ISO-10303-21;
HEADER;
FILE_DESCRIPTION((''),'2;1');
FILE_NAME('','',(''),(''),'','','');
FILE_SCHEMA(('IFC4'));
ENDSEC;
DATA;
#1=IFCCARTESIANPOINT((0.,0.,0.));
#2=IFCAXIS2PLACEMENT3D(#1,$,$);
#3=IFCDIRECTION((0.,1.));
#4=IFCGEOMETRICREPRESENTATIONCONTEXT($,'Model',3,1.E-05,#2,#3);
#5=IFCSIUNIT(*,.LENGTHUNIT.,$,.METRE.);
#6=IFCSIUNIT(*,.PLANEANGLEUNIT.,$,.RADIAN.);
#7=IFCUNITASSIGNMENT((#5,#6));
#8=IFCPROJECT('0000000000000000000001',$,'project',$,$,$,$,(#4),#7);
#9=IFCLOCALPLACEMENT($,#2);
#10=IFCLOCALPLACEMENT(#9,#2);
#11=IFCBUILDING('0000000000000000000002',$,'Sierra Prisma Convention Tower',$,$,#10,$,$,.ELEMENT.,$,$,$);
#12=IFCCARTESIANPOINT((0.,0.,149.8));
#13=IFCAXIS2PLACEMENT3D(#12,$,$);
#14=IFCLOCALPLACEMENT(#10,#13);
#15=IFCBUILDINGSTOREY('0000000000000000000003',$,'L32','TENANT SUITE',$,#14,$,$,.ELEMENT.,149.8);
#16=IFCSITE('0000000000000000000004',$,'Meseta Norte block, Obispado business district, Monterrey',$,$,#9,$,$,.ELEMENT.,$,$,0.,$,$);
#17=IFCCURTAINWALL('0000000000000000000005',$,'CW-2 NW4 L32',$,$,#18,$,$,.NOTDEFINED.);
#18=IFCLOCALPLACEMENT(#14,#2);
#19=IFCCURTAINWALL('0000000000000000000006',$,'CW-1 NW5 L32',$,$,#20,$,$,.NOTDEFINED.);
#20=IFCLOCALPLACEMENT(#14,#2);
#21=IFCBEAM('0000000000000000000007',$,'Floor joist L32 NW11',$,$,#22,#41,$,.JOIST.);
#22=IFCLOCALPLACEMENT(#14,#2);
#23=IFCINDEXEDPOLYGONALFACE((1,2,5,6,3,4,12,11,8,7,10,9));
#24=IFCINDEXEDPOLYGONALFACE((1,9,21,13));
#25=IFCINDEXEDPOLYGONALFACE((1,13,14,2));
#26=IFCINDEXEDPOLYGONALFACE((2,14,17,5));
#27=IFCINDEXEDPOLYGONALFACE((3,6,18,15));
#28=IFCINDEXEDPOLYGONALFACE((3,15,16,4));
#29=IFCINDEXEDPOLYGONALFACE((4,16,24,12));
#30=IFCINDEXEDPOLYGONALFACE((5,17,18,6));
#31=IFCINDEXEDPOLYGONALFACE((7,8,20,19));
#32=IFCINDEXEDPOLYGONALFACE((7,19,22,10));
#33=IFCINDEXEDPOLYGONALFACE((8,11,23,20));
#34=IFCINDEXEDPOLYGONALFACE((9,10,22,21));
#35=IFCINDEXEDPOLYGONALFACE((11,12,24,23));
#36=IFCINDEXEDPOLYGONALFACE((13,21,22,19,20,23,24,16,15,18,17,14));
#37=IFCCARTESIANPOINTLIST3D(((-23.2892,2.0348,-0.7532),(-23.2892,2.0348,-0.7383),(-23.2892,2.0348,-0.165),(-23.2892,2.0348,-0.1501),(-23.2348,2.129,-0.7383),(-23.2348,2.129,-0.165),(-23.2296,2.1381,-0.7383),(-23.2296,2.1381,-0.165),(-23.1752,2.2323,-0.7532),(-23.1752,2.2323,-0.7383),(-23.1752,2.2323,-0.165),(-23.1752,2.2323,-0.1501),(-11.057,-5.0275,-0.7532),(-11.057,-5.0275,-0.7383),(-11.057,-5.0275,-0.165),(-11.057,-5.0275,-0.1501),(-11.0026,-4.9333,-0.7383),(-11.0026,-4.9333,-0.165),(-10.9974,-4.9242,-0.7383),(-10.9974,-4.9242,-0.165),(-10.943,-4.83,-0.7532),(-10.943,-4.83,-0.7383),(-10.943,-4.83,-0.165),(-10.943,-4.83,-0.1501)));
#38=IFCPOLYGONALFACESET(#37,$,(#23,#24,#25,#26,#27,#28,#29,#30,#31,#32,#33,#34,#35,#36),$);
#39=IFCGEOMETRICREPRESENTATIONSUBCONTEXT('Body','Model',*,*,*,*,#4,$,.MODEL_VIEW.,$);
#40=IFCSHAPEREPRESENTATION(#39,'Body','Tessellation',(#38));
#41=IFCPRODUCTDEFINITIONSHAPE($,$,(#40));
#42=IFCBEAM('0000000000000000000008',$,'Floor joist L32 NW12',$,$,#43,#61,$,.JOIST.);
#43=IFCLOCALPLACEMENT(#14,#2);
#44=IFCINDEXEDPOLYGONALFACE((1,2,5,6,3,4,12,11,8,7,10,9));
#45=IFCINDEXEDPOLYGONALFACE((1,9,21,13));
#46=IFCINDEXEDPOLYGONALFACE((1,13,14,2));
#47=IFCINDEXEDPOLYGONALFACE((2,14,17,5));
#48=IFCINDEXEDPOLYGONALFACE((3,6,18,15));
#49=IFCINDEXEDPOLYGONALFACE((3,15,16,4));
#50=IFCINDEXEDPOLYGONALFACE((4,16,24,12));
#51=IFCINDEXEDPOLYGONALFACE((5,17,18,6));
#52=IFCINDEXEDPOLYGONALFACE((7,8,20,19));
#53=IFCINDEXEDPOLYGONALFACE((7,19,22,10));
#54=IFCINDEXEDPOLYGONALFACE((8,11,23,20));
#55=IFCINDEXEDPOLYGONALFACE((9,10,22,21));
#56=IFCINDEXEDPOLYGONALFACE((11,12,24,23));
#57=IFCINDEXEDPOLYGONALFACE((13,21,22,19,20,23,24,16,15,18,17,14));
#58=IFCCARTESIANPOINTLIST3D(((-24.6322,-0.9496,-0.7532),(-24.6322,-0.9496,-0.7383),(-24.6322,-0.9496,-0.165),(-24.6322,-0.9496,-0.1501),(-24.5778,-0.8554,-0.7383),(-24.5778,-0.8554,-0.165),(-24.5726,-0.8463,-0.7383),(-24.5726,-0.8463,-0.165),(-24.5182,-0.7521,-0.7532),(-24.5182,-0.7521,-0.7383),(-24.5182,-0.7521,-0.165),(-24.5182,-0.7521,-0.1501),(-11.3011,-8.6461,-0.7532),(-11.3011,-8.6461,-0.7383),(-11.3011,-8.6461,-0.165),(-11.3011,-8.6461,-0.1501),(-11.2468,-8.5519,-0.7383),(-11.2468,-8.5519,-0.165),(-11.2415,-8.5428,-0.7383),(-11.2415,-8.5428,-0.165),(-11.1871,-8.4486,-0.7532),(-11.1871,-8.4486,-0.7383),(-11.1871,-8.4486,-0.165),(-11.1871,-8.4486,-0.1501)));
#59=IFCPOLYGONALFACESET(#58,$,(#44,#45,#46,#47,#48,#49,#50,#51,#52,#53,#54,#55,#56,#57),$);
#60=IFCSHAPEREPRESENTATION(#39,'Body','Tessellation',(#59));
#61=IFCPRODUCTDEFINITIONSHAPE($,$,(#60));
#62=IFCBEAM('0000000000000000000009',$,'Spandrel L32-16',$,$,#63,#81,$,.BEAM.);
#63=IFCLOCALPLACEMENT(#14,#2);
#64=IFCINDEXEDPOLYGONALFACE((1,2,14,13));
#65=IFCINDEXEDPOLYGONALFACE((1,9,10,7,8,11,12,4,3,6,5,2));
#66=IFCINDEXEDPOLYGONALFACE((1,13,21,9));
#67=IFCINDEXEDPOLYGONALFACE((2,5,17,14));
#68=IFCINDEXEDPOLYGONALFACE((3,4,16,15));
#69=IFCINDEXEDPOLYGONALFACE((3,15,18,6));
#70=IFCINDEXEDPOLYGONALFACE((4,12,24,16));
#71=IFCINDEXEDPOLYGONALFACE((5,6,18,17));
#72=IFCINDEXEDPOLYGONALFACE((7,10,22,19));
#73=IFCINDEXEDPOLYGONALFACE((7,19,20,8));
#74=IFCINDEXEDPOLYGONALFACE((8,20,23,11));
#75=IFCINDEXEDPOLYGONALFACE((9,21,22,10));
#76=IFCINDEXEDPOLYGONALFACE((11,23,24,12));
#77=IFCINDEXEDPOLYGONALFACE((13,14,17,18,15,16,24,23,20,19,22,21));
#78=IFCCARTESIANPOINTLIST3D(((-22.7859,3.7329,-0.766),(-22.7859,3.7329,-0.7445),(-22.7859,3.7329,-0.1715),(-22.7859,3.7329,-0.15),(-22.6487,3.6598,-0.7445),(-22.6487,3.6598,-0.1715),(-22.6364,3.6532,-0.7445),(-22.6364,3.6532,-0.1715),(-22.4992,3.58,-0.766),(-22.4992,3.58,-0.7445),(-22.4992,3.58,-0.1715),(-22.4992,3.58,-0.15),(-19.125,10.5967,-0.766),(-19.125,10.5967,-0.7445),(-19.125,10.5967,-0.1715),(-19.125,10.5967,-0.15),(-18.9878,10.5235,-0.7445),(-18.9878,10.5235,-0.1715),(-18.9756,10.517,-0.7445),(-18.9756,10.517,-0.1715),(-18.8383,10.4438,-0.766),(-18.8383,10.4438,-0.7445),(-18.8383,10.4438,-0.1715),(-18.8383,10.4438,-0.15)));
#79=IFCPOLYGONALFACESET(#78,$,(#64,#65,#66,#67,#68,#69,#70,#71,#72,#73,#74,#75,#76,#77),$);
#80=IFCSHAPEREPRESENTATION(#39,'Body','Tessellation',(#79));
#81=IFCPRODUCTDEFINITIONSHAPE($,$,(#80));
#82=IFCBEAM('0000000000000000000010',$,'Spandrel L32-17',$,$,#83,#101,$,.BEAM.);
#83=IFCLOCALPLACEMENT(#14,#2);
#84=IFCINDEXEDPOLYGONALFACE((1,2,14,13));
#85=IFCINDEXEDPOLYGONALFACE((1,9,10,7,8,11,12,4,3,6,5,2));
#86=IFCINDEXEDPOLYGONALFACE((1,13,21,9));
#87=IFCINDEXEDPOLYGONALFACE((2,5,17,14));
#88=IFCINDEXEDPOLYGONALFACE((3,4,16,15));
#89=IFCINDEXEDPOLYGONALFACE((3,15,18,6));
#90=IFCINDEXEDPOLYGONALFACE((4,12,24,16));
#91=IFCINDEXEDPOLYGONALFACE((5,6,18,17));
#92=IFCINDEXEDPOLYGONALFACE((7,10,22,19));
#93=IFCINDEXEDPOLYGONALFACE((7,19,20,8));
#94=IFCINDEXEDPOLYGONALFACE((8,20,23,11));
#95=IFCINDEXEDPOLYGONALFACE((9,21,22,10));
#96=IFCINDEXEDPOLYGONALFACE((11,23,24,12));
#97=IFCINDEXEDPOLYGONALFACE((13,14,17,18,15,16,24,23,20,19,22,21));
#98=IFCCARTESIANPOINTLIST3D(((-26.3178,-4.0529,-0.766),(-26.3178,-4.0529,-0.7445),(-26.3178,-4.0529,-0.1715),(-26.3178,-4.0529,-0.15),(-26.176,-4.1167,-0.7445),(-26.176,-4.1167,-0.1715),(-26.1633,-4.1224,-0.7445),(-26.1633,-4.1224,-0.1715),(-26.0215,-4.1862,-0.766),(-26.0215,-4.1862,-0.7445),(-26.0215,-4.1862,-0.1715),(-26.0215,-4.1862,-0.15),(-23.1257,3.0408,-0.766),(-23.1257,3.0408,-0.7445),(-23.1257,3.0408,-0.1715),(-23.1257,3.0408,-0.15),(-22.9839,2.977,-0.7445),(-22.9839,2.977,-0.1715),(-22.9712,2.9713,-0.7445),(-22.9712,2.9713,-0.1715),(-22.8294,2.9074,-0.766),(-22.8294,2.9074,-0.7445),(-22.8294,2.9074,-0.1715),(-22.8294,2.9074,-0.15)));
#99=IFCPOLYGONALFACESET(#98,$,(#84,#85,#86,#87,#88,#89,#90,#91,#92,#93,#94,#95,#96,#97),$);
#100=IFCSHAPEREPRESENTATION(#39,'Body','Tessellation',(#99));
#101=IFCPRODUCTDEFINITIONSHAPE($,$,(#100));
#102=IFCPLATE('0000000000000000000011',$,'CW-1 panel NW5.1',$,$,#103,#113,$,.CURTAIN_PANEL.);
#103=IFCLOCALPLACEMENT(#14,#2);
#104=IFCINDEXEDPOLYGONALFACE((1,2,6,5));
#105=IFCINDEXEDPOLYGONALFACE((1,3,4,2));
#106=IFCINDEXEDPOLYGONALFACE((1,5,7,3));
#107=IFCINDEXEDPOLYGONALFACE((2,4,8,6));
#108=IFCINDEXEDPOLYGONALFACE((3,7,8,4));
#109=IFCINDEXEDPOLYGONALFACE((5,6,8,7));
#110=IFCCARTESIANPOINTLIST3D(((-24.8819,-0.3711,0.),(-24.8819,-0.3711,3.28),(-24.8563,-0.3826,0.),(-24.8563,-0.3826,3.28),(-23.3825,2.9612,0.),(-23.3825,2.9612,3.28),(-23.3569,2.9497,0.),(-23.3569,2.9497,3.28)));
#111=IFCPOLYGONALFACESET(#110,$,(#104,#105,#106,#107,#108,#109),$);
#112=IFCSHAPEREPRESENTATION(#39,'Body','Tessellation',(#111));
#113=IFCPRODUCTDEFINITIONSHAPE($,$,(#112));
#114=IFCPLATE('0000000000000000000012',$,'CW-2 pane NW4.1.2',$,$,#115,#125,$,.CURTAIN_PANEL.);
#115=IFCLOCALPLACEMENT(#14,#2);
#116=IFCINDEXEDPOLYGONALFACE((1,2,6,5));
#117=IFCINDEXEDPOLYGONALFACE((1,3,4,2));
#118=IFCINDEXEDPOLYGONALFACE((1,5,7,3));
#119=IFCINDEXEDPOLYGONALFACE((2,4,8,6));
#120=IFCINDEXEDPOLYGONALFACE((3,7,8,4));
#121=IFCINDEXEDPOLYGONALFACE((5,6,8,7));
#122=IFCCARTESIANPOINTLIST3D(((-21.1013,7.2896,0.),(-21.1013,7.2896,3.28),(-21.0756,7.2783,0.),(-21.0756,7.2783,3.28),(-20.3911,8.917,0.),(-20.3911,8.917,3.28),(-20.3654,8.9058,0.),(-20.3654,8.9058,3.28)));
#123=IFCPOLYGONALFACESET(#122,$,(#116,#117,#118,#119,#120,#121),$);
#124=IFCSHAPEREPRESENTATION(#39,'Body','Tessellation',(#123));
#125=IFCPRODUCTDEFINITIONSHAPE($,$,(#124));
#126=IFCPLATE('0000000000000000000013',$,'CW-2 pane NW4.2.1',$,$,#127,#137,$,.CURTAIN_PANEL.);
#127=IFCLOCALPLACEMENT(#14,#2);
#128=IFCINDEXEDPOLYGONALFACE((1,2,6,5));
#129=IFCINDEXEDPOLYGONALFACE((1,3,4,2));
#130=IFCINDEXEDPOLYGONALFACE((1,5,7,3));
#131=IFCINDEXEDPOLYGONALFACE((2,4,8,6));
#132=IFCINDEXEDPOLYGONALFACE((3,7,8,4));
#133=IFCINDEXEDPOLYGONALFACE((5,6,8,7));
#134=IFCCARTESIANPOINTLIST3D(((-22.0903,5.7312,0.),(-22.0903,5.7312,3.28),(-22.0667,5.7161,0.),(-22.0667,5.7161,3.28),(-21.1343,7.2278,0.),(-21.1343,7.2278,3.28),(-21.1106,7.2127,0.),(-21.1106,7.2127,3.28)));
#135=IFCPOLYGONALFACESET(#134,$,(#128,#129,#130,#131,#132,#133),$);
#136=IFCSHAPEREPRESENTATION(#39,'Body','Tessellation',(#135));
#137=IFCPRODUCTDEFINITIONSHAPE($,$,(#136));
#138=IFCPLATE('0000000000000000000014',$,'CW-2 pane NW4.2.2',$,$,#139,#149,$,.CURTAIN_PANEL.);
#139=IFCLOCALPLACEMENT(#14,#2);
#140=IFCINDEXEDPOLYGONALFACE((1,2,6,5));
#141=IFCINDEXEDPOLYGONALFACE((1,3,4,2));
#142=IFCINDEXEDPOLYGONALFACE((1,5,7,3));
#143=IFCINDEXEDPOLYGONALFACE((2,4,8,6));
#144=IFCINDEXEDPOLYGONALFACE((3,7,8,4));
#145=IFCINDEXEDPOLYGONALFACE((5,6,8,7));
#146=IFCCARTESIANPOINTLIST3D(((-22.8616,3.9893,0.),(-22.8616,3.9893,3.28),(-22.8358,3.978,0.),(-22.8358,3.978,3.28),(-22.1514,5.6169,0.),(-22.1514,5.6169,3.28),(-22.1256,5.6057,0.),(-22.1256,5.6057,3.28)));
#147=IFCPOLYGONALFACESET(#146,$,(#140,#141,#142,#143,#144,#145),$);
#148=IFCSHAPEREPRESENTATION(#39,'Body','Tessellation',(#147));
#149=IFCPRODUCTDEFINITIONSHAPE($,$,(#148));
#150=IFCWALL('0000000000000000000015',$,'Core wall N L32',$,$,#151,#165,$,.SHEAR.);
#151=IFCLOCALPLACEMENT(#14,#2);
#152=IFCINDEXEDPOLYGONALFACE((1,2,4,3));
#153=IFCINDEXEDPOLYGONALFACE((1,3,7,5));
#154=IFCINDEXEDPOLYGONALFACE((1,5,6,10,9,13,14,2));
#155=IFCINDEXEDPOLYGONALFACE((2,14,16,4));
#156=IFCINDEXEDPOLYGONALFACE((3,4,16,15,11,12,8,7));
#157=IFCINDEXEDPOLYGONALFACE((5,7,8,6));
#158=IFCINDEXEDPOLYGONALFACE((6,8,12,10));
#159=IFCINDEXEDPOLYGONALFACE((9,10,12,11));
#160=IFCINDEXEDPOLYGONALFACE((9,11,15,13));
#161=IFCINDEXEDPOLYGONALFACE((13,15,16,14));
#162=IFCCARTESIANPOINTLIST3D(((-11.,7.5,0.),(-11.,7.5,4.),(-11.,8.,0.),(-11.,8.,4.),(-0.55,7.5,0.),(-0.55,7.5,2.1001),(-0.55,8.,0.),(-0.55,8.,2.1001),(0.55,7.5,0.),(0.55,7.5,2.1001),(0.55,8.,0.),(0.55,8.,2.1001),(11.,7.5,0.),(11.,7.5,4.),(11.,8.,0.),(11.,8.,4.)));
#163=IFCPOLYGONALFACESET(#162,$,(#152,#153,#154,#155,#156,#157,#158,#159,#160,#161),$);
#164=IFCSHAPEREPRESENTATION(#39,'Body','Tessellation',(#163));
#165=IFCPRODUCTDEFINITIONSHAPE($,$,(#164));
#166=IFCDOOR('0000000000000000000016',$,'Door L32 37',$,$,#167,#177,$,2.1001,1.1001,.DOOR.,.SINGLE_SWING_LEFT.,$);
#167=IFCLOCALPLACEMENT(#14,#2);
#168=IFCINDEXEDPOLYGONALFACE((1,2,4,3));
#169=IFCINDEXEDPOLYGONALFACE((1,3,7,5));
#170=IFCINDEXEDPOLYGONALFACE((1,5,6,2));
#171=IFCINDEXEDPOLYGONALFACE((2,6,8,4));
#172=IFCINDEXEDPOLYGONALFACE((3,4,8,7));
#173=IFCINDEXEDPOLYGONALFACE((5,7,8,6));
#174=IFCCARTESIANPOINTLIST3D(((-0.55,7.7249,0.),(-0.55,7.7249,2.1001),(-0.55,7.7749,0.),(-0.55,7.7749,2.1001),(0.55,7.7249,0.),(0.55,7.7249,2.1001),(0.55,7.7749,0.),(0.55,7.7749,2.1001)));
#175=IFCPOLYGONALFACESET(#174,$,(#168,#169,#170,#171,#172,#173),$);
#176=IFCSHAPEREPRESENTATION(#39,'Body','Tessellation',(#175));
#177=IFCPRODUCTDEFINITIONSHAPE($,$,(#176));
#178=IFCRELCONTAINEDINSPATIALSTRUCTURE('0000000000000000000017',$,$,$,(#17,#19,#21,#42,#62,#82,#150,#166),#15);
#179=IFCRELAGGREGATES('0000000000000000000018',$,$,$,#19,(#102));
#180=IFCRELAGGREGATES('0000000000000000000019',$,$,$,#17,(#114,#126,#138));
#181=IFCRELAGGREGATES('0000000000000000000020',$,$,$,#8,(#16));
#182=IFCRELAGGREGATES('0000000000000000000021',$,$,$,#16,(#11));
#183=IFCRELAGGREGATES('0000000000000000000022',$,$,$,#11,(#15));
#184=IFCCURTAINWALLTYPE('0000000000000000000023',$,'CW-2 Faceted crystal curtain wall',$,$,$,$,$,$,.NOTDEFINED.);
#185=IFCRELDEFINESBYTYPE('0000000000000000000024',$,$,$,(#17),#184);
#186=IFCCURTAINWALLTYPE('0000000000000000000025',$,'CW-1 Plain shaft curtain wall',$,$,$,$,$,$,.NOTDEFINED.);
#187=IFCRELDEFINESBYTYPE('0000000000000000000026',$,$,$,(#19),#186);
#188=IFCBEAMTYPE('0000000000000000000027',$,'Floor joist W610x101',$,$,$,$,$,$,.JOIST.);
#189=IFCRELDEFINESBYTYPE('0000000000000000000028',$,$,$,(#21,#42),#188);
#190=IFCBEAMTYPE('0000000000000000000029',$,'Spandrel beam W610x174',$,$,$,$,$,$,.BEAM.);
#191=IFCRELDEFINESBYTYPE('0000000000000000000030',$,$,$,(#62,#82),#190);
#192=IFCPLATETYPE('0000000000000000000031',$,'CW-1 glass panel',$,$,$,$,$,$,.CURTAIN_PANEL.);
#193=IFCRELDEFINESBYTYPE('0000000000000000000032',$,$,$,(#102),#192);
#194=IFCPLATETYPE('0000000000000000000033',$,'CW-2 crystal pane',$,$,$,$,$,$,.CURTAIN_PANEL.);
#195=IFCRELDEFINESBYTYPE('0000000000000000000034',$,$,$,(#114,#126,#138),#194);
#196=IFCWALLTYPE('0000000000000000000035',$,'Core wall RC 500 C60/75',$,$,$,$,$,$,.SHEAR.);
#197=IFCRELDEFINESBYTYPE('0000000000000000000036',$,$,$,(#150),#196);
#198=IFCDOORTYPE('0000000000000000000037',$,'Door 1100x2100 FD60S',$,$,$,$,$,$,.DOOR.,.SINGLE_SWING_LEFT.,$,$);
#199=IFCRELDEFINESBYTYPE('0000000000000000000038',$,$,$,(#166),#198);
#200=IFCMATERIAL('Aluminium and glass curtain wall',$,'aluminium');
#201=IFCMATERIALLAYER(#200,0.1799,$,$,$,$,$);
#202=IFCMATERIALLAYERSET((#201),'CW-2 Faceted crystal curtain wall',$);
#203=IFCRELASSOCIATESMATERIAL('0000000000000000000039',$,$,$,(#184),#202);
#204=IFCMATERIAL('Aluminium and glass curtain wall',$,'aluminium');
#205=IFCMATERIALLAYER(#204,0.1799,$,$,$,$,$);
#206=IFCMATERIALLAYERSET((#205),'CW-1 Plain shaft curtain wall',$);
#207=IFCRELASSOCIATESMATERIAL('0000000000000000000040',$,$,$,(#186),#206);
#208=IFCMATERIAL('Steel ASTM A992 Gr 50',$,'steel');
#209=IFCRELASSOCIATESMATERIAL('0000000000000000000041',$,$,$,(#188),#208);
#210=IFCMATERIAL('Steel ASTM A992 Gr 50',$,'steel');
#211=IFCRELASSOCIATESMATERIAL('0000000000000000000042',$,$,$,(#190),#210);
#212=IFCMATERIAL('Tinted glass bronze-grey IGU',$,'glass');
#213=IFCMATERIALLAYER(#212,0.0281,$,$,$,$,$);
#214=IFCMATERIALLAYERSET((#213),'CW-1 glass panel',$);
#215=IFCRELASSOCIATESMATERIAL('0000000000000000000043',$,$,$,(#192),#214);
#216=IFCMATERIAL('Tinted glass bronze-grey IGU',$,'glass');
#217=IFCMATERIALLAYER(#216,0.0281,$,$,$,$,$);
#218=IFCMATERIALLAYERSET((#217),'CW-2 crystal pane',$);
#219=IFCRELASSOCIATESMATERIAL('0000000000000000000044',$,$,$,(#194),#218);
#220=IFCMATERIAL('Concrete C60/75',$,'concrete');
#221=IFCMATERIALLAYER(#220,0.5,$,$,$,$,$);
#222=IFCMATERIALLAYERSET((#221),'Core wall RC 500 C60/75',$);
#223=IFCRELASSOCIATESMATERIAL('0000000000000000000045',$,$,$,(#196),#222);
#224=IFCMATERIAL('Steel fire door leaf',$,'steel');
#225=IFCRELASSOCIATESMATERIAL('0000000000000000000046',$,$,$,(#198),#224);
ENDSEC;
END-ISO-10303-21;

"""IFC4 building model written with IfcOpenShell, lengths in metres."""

from ifc_helpers import new_model, si_unit, direction, frame, frame_2d, origin, origin_2d, place, context, subcontext, project, spatial, polyline, rectangle, i_section, outline, extrude, material, layer, layer_set, material_profile, profile_set, type_object, element, fill, aggregate, save


model = new_model("IFC4")

# Units and contexts
model_context = context("Model", 3, precision=1e-05, world=origin(), true_north=direction((0.0, 1.0)))
body_context = subcontext(model_context, "Body", "Model", "MODEL_VIEW")
ifc_project = project(units=[si_unit("LENGTHUNIT", "METRE"), si_unit("PLANEANGLEUNIT", "RADIAN")], contexts=[model_context])

# Site, building, storey
site_placement = place(None, origin())
site = spatial("IfcSite", under=ifc_project, at=site_placement, Name="Meseta Norte block, Obispado business district, Monterrey", CompositionType="ELEMENT", RefElevation=0.0)
building_placement = place(site_placement, origin())
building = spatial("IfcBuilding", under=site, at=building_placement, Name="Sierra Prisma Convention Tower", CompositionType="ELEMENT")
storey_placement = place(building_placement, frame((0.0, 0.0, 149.8)))
storey = spatial("IfcBuildingStorey", under=building, at=storey_placement, Name="L32", Description="TENANT SUITE", CompositionType="ELEMENT", Elevation=149.8)

# Curtain wall
ifc_material_1 = material(Name="Aluminium and glass curtain wall", Category="aluminium")
ifc_layer_1 = layer(ifc_material_1, 0.1799)
ifc_layer_set_1 = layer_set([ifc_layer_1], Name="CW-2 Faceted crystal curtain wall")
curtain_wall_type_1 = type_object("IfcCurtainWallType", Name="CW-2 Faceted crystal curtain wall", PredefinedType="NOTDEFINED", material=ifc_layer_set_1)
curtain_wall_1_placement = place(storey_placement, origin())
curtain_wall_1 = element("IfcCurtainWall", 1, at=curtain_wall_1_placement, inside=storey, type_object=curtain_wall_type_1, Name="CW-2 NW4 L32", PredefinedType="NOTDEFINED")

# Curtain wall
ifc_material_2 = material(Name="Aluminium and glass curtain wall", Category="aluminium")
ifc_layer_2 = layer(ifc_material_2, 0.1799)
ifc_layer_set_2 = layer_set([ifc_layer_2], Name="CW-1 Plain shaft curtain wall")
curtain_wall_type_2 = type_object("IfcCurtainWallType", Name="CW-1 Plain shaft curtain wall", PredefinedType="NOTDEFINED", material=ifc_layer_set_2)
curtain_wall_2_placement = place(storey_placement, origin())
curtain_wall_2 = element("IfcCurtainWall", 2, at=curtain_wall_2_placement, inside=storey, type_object=curtain_wall_type_2, Name="CW-1 NW5 L32", PredefinedType="NOTDEFINED")

# Beams
ifc_material_3 = material(Name="Steel ASTM A992 Gr 50", Category="steel")
ifc_material_profile_1 = material_profile(ifc_material_3, i_section(OverallWidth=0.228, OverallDepth=0.603, WebThickness=0.0105, FlangeThickness=0.0149, at=origin_2d()), Name="W610x101")
ifc_profile_set_1 = profile_set([ifc_material_profile_1], Name="Steel ASTM A992 Gr 50")
beam_type_1 = type_object("IfcBeamType", Name="Floor joist W610x101", PredefinedType="JOIST", material=ifc_profile_set_1)
beam_1_placement = place(storey_placement, frame((-23.2322, 2.1335, -0.4517), z_axis=(0.866025, -0.5, 0.0), x_axis=(0.5, 0.866025, 0.0)))
element("IfcBeam", 3, at=beam_1_placement, inside=storey, type_object=beam_type_1, Name="Floor joist L32 NW11", PredefinedType="JOIST", context=body_context, shape_type="SweptSolid", body=[
    extrude(i_section(OverallWidth=0.228, OverallDepth=0.603, WebThickness=0.0105, FlangeThickness=0.0149, at=origin_2d()), origin(), (0.0, 0.0, 1.0), 14.1245),
])
beam_2_placement = place(storey_placement, frame((-24.5752, -0.8508, -0.4517), z_axis=(0.86603, -0.499992, 0.0), x_axis=(0.499992, 0.86603, 0.0)))
element("IfcBeam", 4, at=beam_2_placement, inside=storey, type_object=beam_type_1, Name="Floor joist L32 NW12", PredefinedType="JOIST", context=body_context, shape_type="SweptSolid", body=[
    extrude(i_section(OverallWidth=0.228, OverallDepth=0.603, WebThickness=0.0105, FlangeThickness=0.0149, at=origin_2d()), origin(), (0.0, 0.0, 1.0), 15.3933),
])
ifc_material_4 = material(Name="Steel ASTM A992 Gr 50", Category="steel")
ifc_material_profile_2 = material_profile(ifc_material_4, i_section(OverallWidth=0.325, OverallDepth=0.616, WebThickness=0.0139, FlangeThickness=0.0215, at=origin_2d()), Name="W610x174")
ifc_profile_set_2 = profile_set([ifc_material_profile_2], Name="Steel ASTM A992 Gr 50")
beam_type_2 = type_object("IfcBeamType", Name="Spandrel beam W610x174", PredefinedType="BEAM", material=ifc_profile_set_2)
beam_3_placement = place(storey_placement, frame((-18.9817, 10.5203, -0.458), z_axis=(-0.470609, -0.882342, 0.0), x_axis=(0.882342, -0.470609, 0.0)))
element("IfcBeam", 5, at=beam_3_placement, inside=storey, type_object=beam_type_2, Name="Spandrel L32-16", PredefinedType="BEAM", context=body_context, shape_type="SweptSolid", body=[
    extrude(i_section(OverallWidth=0.325, OverallDepth=0.616, WebThickness=0.0139, FlangeThickness=0.0215, at=origin_2d()), origin(), (0.0, 0.0, 1.0), 7.7791),
])
beam_4_placement = place(storey_placement, frame((-22.9775, 2.9741, -0.458), z_axis=(-0.410359, -0.911924, 0.0), x_axis=(0.911924, -0.410359, 0.0)))
element("IfcBeam", 6, at=beam_4_placement, inside=storey, type_object=beam_type_2, Name="Spandrel L32-17", PredefinedType="BEAM", context=body_context, shape_type="SweptSolid", body=[
    extrude(i_section(OverallWidth=0.325, OverallDepth=0.616, WebThickness=0.0139, FlangeThickness=0.0215, at=origin_2d()), origin(), (0.0, 0.0, 1.0), 7.7788),
])

# Plates
ifc_material_5 = material(Name="Tinted glass bronze-grey IGU", Category="glass")
ifc_layer_3 = layer(ifc_material_5, 0.0281)
ifc_layer_set_3 = layer_set([ifc_layer_3], Name="CW-1 glass panel")
plate_type_1 = type_object("IfcPlateType", Name="CW-1 glass panel", PredefinedType="CURTAIN_PANEL", material=ifc_layer_set_3)
plate_1_placement = place(storey_placement, frame((-24.1194, 1.2893, 0.0), z_axis=(0.0, 0.0, 1.0), x_axis=(-0.410344, -0.911931, 0.0)))
plate_1 = element("IfcPlate", 7, at=plate_1_placement, type_object=plate_type_1, Name="CW-1 panel NW5.1", PredefinedType="CURTAIN_PANEL", context=body_context, shape_type="SweptSolid", body=[
    extrude(rectangle(XDim=3.6541, YDim=0.0281, at=origin_2d()), origin(), (0.0, 0.0, 1.0), 3.28),
])
aggregate(curtain_wall_2, [plate_1])
ifc_material_6 = material(Name="Tinted glass bronze-grey IGU", Category="glass")
ifc_layer_4 = layer(ifc_material_6, 0.0281)
ifc_layer_set_4 = layer_set([ifc_layer_4], Name="CW-2 crystal pane")
plate_type_2 = type_object("IfcPlateType", Name="CW-2 crystal pane", PredefinedType="CURTAIN_PANEL", material=ifc_layer_set_4)
plate_2_placement = place(storey_placement, frame((-21.1013, 7.2896, 0.0), z_axis=(-0.916529, 0.399968, 0.0), x_axis=(0.399968, 0.916529, 0.0)))
plate_2 = element("IfcPlate", 8, at=plate_2_placement, type_object=plate_type_2, Name="CW-2 pane NW4.1.2", PredefinedType="CURTAIN_PANEL", context=body_context, shape_type="SweptSolid", body=[
    extrude(outline(polyline([(0.0, 0.0), (1.7757, 0.0), (1.7757, -3.28), (0.0, -3.28), (0.0, 0.0)])), origin(), (0.0, 0.0, -1.0), 0.0281),
])
plate_3_placement = place(storey_placement, frame((-21.1343, 7.2278, 0.0), z_axis=(-0.842721, 0.538351, 0.0), x_axis=(-0.538351, -0.842721, 0.0)))
plate_3 = element("IfcPlate", 9, at=plate_3_placement, type_object=plate_type_2, Name="CW-2 pane NW4.2.1", PredefinedType="CURTAIN_PANEL", context=body_context, shape_type="SweptSolid", body=[
    extrude(outline(polyline([(0.0, 0.0), (1.7759, 0.0), (1.7759, 3.28), (0.0, 3.28), (0.0, 0.0)])), origin(), (0.0, 0.0, -1.0), 0.0281),
])
plate_4_placement = place(storey_placement, frame((-22.8616, 3.9893, 0.0), z_axis=(-0.916551, 0.399917, 0.0), x_axis=(0.399917, 0.916551, 0.0)))
plate_4 = element("IfcPlate", 10, at=plate_4_placement, type_object=plate_type_2, Name="CW-2 pane NW4.2.2", PredefinedType="CURTAIN_PANEL", context=body_context, shape_type="SweptSolid", body=[
    extrude(outline(polyline([(0.0, 0.0), (1.7759, 0.0), (1.7759, -3.28), (0.0, -3.28), (0.0, 0.0)])), origin(), (0.0, 0.0, -1.0), 0.0281),
])
aggregate(curtain_wall_1, [plate_2, plate_3, plate_4])

# Wall, opening, door
ifc_material_7 = material(Name="Concrete C60/75", Category="concrete")
ifc_layer_5 = layer(ifc_material_7, 0.5)
ifc_layer_set_5 = layer_set([ifc_layer_5], Name="Core wall RC 500 C60/75")
wall_type_1 = type_object("IfcWallType", Name="Core wall RC 500 C60/75", PredefinedType="SHEAR", material=ifc_layer_set_5)
wall_1_placement = place(storey_placement, frame((-11.0, 7.75, 0.0), z_axis=(0.0, 0.0, 1.0), x_axis=(1.0, 0.0, 0.0)))
wall_1 = element("IfcWall", 11, at=wall_1_placement, inside=storey, type_object=wall_type_1, Name="Core wall N L32", PredefinedType="SHEAR", context=body_context, shape_type="SweptSolid", body=[
    extrude(rectangle(XDim=22.0, YDim=0.5, at=frame_2d((11.0, 0.0))), origin(), (0.0, 0.0, 1.0), 4.0),
])
opening_1_placement = place(wall_1_placement, frame((10.45, 0.0, 0.0)))
opening_1 = element("IfcOpeningElement", 12, at=opening_1_placement, cuts=wall_1, PredefinedType="OPENING", context=body_context, shape_type="SweptSolid", body=[
    extrude(rectangle(XDim=1.1001, YDim=2.1001, at=frame_2d((0.55, 1.05))), frame((0.0, 0.25, 0.0), z_axis=(0.0, -1.0, 0.0), x_axis=(1.0, 0.0, 0.0)), (0.0, 0.0, 1.0), 0.5),
])
ifc_material_8 = material(Name="Steel fire door leaf", Category="steel")
door_type_1 = type_object("IfcDoorType", Name="Door 1100x2100 FD60S", OperationType="SINGLE_SWING_LEFT", PredefinedType="DOOR", material=ifc_material_8)
door_1_placement = place(opening_1_placement, origin())
door_1 = element("IfcDoor", 13, at=door_1_placement, inside=storey, type_object=door_type_1, Name="Door L32 37", OperationType="SINGLE_SWING_LEFT", OverallHeight=2.1001, OverallWidth=1.1001, PredefinedType="DOOR", context=body_context, shape_type="SweptSolid", body=[
    extrude(rectangle(XDim=1.1001, YDim=2.1001, at=frame_2d((0.55, 1.05))), frame((0.0, 0.0249, 0.0), z_axis=(0.0, -1.0, 0.0), x_axis=(1.0, 0.0, 0.0)), (0.0, 0.0, 1.0), 0.05),
])
fill(opening_1, door_1)

save(model, "model.ifc")
